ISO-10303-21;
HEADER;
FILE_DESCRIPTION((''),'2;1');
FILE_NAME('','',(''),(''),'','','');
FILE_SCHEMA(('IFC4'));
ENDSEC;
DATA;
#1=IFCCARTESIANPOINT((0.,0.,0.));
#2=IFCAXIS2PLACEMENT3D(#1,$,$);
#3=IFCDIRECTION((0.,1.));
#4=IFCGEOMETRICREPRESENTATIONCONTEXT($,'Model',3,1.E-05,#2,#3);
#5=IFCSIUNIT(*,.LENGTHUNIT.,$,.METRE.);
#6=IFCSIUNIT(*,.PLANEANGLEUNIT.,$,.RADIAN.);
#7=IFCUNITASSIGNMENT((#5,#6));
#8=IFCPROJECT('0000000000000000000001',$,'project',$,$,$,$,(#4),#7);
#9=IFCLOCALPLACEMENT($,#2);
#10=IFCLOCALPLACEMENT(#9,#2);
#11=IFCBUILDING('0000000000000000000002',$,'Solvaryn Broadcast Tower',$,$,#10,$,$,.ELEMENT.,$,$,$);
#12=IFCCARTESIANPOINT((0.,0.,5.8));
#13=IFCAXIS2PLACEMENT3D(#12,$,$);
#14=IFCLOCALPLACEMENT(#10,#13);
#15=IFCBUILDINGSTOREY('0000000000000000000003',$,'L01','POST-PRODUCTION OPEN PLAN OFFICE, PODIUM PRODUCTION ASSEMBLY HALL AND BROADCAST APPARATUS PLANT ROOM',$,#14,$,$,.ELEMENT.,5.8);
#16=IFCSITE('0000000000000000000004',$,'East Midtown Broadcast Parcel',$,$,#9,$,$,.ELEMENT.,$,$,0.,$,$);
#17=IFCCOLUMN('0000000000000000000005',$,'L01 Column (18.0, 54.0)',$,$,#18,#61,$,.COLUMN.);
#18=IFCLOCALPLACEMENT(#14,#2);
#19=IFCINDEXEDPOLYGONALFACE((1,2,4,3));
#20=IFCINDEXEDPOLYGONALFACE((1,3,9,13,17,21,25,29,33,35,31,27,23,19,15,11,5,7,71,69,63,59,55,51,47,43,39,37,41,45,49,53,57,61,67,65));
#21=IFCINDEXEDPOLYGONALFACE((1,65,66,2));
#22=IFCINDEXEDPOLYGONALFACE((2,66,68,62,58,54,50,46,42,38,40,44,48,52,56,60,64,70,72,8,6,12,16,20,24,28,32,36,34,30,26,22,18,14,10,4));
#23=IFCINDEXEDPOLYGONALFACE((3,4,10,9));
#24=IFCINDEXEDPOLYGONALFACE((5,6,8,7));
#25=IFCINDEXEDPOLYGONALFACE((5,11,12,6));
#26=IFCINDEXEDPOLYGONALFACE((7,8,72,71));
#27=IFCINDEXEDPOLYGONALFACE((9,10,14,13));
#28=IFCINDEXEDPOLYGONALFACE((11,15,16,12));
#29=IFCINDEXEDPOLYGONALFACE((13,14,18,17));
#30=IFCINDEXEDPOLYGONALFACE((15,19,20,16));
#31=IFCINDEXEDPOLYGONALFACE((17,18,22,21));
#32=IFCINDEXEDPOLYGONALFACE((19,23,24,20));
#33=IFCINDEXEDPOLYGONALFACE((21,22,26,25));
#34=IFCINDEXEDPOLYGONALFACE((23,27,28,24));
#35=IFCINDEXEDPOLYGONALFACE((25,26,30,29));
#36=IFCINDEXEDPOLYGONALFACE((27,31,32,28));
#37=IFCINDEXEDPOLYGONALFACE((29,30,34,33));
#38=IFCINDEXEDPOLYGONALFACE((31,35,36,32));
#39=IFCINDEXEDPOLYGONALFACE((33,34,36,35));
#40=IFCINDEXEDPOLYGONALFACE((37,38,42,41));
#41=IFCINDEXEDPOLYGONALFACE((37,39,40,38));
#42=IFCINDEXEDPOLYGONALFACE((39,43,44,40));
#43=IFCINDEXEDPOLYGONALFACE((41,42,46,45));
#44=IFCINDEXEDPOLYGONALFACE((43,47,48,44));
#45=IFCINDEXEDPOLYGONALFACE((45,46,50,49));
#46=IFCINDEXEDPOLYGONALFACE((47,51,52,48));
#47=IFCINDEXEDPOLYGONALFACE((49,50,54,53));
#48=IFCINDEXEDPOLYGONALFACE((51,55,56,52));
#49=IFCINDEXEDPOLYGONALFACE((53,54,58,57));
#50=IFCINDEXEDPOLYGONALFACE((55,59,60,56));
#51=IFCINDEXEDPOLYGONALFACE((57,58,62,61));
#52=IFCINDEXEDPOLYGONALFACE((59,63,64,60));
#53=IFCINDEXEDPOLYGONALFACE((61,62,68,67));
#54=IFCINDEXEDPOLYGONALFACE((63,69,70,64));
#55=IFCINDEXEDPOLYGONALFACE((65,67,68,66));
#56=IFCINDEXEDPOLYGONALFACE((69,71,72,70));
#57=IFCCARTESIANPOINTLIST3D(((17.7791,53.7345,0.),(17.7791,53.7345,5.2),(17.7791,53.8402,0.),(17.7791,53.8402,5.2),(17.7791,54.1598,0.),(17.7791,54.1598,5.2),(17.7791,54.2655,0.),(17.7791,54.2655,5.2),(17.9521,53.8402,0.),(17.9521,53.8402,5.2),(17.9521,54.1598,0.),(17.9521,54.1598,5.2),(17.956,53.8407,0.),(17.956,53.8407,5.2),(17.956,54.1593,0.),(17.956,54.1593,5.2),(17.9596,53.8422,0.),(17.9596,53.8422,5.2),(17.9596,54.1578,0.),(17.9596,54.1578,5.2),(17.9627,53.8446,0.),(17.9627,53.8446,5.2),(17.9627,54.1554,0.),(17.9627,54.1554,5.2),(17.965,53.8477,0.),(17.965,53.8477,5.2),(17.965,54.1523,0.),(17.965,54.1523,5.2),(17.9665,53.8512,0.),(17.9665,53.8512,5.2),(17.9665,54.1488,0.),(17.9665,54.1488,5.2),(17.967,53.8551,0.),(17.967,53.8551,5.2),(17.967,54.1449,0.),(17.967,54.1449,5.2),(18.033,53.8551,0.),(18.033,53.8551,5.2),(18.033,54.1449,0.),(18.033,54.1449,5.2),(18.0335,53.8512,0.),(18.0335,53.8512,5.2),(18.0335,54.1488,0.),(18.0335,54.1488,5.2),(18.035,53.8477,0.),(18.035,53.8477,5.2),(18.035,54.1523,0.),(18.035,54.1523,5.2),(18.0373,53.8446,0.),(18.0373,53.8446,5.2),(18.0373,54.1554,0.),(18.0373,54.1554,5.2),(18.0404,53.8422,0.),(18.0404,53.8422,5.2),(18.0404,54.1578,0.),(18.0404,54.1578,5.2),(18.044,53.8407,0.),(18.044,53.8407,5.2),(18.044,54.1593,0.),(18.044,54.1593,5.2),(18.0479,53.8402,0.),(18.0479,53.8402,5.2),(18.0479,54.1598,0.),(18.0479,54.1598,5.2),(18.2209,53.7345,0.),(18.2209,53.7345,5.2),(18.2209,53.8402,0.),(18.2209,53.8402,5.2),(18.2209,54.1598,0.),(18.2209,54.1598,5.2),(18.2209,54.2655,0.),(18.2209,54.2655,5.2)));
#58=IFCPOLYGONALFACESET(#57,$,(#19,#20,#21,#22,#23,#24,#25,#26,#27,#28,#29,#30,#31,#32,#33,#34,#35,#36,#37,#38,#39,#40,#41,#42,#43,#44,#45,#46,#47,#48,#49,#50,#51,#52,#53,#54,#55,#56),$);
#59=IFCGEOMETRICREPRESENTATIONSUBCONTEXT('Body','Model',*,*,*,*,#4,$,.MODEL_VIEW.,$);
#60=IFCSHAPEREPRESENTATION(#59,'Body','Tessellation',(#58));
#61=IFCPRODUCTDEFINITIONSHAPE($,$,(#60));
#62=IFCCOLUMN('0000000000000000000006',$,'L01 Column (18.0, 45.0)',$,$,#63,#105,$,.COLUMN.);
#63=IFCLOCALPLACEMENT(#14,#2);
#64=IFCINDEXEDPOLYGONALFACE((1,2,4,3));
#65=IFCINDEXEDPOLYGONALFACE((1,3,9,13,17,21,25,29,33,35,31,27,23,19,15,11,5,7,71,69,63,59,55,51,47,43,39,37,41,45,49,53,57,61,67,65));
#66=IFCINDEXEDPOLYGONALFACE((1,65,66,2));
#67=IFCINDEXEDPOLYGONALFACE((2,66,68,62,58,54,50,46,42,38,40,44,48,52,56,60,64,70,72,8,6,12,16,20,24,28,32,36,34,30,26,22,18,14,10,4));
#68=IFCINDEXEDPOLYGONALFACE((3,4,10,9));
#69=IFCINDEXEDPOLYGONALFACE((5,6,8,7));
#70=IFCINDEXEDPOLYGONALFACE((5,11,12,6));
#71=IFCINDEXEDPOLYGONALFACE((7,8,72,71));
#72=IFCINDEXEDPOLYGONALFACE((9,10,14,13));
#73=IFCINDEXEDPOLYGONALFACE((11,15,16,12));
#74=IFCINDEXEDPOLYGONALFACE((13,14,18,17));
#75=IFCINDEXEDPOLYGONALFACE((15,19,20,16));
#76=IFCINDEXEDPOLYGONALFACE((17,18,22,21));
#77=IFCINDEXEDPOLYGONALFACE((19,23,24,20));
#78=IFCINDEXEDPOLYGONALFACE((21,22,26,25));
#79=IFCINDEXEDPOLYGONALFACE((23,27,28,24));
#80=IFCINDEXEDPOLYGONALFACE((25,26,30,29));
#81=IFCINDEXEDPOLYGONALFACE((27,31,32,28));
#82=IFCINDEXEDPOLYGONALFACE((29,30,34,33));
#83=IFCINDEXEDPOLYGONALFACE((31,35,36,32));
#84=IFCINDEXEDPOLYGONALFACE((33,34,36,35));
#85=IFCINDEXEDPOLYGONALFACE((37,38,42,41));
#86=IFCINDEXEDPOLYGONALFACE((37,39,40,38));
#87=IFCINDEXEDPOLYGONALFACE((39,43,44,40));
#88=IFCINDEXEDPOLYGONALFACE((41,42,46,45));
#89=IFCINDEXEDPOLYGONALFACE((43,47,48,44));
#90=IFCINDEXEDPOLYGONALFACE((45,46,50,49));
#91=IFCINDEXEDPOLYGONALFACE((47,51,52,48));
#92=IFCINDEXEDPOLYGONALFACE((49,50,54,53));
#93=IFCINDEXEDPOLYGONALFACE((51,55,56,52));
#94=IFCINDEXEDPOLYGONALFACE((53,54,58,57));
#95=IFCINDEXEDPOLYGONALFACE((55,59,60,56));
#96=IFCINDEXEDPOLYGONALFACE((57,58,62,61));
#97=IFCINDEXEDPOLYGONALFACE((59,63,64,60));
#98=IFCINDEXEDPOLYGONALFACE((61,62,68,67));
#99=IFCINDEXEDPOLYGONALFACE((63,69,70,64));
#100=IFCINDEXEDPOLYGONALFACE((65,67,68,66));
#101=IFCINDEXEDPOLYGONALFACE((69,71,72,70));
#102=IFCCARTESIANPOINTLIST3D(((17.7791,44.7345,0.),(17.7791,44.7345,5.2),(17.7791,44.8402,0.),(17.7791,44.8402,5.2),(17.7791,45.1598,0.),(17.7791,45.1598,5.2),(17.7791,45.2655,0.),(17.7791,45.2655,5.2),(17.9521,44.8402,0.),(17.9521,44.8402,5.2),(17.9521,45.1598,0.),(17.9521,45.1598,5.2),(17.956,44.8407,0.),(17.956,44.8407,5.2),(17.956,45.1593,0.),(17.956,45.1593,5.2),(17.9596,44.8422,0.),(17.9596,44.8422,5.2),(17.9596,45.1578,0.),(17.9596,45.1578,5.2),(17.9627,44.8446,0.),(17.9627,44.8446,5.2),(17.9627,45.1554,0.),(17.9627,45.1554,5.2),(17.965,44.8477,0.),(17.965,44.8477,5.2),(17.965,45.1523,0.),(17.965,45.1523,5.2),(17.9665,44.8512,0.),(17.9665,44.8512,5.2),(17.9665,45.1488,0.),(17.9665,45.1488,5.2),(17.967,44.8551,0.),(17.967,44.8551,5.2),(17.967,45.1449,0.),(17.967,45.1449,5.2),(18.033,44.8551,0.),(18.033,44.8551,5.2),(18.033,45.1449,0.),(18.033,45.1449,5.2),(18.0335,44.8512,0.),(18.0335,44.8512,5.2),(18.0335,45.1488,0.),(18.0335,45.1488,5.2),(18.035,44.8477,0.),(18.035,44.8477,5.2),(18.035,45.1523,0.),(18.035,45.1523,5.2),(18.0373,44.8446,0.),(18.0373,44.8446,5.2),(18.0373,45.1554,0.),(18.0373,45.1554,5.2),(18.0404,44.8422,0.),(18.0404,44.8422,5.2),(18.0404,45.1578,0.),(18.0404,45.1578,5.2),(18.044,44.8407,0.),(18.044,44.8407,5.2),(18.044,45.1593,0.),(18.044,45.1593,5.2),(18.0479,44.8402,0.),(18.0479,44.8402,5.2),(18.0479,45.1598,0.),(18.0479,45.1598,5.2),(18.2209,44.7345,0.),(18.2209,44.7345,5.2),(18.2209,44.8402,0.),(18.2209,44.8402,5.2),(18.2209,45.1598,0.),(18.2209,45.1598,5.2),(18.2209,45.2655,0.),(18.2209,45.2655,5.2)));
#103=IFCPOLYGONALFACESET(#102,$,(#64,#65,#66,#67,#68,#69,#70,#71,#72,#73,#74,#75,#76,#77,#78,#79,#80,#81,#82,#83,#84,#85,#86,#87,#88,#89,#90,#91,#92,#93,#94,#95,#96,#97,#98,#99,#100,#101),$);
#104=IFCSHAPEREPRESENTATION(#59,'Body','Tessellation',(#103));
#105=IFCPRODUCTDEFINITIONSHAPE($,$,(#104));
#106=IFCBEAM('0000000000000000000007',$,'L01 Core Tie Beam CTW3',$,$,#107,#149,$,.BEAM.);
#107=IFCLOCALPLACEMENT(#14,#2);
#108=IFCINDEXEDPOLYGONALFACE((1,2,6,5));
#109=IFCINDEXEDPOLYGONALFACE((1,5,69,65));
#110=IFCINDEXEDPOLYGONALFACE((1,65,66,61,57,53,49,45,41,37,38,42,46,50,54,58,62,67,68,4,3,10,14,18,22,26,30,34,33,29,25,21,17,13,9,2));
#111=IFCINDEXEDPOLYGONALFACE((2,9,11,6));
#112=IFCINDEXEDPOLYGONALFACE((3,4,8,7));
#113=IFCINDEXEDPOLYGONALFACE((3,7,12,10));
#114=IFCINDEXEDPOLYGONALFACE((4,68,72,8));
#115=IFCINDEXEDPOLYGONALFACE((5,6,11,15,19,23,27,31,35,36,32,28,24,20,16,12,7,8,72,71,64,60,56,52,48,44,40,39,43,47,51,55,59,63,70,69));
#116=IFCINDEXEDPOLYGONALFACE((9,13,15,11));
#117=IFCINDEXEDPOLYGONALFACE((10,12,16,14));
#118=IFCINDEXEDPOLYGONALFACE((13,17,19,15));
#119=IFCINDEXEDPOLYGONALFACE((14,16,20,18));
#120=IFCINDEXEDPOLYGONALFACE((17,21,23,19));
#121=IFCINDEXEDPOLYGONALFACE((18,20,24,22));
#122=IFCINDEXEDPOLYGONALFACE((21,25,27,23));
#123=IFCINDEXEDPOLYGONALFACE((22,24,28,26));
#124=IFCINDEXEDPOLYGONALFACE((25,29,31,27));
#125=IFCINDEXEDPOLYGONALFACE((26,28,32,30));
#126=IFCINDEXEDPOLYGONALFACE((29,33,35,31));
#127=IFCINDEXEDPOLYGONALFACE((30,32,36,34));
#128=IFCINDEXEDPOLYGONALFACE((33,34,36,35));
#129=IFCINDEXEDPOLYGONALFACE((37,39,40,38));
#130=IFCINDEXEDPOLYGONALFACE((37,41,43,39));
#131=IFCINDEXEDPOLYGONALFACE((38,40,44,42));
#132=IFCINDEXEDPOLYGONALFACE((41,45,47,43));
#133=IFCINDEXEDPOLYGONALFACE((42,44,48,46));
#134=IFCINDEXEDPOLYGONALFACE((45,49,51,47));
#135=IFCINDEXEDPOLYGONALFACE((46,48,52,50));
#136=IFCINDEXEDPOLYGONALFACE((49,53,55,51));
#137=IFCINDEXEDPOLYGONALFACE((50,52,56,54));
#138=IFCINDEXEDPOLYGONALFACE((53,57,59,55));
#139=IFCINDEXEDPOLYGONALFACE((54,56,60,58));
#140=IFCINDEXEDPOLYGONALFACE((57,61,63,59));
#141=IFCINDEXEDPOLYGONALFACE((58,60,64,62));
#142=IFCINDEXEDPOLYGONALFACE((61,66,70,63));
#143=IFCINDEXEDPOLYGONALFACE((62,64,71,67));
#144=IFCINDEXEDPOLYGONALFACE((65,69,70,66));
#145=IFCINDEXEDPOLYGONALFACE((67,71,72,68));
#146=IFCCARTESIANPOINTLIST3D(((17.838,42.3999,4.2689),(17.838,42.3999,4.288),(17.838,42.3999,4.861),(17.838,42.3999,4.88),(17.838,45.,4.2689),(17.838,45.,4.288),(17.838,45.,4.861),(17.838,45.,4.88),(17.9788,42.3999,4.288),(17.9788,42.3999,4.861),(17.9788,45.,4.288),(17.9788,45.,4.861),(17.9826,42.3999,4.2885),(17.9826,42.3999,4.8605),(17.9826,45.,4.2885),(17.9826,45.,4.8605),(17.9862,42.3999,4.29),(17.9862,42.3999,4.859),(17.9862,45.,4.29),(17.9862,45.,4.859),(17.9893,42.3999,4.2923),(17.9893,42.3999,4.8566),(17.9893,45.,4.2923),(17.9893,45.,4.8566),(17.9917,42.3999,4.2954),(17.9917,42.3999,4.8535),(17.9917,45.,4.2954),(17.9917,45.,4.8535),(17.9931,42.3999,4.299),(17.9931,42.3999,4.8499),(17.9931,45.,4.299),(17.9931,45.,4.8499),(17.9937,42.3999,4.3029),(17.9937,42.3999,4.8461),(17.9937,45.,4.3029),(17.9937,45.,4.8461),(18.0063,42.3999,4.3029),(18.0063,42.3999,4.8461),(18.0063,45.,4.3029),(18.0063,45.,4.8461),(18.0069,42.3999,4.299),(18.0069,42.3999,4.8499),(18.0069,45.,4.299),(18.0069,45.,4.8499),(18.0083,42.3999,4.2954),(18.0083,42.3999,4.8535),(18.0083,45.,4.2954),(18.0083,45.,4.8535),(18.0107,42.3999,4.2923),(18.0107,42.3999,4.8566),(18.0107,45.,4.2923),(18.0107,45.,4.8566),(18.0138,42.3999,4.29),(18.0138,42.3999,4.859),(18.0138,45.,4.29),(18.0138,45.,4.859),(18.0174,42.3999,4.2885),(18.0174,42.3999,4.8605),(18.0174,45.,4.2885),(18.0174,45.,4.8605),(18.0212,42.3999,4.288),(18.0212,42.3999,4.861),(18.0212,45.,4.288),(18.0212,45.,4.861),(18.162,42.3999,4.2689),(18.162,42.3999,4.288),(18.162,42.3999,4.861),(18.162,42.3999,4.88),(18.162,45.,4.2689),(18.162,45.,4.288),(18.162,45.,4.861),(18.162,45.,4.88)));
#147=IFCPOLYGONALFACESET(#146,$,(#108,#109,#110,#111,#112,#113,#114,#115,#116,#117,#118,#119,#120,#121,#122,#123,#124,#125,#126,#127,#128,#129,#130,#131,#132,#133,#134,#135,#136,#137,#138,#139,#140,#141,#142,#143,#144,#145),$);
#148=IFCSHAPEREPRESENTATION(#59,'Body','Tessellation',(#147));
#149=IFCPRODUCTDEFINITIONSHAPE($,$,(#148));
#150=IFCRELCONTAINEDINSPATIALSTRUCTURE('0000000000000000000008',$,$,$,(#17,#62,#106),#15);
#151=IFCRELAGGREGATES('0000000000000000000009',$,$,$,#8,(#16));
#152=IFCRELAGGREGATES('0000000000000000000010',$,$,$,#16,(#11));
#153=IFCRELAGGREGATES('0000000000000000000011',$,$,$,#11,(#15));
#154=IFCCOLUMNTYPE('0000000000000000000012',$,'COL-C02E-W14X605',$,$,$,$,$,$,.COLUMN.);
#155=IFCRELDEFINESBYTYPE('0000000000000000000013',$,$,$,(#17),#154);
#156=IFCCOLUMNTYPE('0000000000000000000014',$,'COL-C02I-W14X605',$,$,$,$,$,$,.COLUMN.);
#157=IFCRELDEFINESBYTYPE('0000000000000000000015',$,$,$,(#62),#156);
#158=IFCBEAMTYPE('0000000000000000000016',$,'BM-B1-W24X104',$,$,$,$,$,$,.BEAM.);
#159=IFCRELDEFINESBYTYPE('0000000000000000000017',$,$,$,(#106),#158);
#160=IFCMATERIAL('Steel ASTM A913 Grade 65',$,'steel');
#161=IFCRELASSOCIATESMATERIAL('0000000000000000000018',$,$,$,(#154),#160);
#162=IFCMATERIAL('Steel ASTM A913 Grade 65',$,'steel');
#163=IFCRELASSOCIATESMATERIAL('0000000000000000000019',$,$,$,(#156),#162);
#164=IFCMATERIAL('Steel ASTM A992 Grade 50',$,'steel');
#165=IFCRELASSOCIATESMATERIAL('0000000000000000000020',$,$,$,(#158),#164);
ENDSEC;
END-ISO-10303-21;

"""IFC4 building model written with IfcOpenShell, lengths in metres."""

from ifc_helpers import new_model, si_unit, direction, frame, origin, origin_2d, place, context, subcontext, project, spatial, i_section, extrude, material, material_profile, profile_set, type_object, element, save


model = new_model("IFC4")

# Units and contexts
model_context = context("Model", 3, precision=1e-05, world=origin(), true_north=direction((0.0, 1.0)))
body_context = subcontext(model_context, "Body", "Model", "MODEL_VIEW")
ifc_project = project(units=[si_unit("LENGTHUNIT", "METRE"), si_unit("PLANEANGLEUNIT", "RADIAN")], contexts=[model_context])

# Site, building, storey
site_placement = place(None, origin())
site = spatial("IfcSite", under=ifc_project, at=site_placement, Name="East Midtown Broadcast Parcel", CompositionType="ELEMENT", RefElevation=0.0)
building_placement = place(site_placement, origin())
building = spatial("IfcBuilding", under=site, at=building_placement, Name="Solvaryn Broadcast Tower", CompositionType="ELEMENT")
storey_placement = place(building_placement, frame((0.0, 0.0, 5.8)))
storey = spatial("IfcBuildingStorey", under=building, at=storey_placement, Name="L01", Description="POST-PRODUCTION OPEN PLAN OFFICE, PODIUM PRODUCTION ASSEMBLY HALL AND BROADCAST APPARATUS PLANT ROOM", CompositionType="ELEMENT", Elevation=5.8)

# Columns
ifc_material_1 = material(Name="Steel ASTM A913 Grade 65", Category="steel")
ifc_material_profile_1 = material_profile(ifc_material_1, i_section(OverallWidth=0.4419, OverallDepth=0.531, WebThickness=0.0659, FlangeThickness=0.1057, FilletRadius=0.0149, at=origin_2d()))
ifc_profile_set_1 = profile_set([ifc_material_profile_1], Name="Steel ASTM A913 Grade 65")
column_type_1 = type_object("IfcColumnType", Name="COL-C02E-W14X605", PredefinedType="COLUMN", material=ifc_profile_set_1)
column_1_placement = place(storey_placement, frame((18.0, 54.0, 0.0), z_axis=(0.0, 0.0, 1.0), x_axis=(1.0, 0.0, 0.0)))
element("IfcColumn", 1, at=column_1_placement, inside=storey, type_object=column_type_1, Name="L01 Column (18.0, 54.0)", PredefinedType="COLUMN", context=body_context, shape_type="SweptSolid", body=[
    extrude(i_section(OverallWidth=0.4419, OverallDepth=0.531, WebThickness=0.0659, FlangeThickness=0.1057, FilletRadius=0.0149, at=origin_2d()), origin(), (0.0, 0.0, 1.0), 5.2),
])
ifc_material_2 = material(Name="Steel ASTM A913 Grade 65", Category="steel")
ifc_material_profile_2 = material_profile(ifc_material_2, i_section(OverallWidth=0.4419, OverallDepth=0.531, WebThickness=0.0659, FlangeThickness=0.1057, FilletRadius=0.0149, at=origin_2d()))
ifc_profile_set_2 = profile_set([ifc_material_profile_2], Name="Steel ASTM A913 Grade 65")
column_type_2 = type_object("IfcColumnType", Name="COL-C02I-W14X605", PredefinedType="COLUMN", material=ifc_profile_set_2)
column_2_placement = place(storey_placement, frame((18.0, 45.0, 0.0), z_axis=(0.0, 0.0, 1.0), x_axis=(1.0, 0.0, 0.0)))
element("IfcColumn", 2, at=column_2_placement, inside=storey, type_object=column_type_2, Name="L01 Column (18.0, 45.0)", PredefinedType="COLUMN", context=body_context, shape_type="SweptSolid", body=[
    extrude(i_section(OverallWidth=0.4419, OverallDepth=0.531, WebThickness=0.0659, FlangeThickness=0.1057, FilletRadius=0.0149, at=origin_2d()), origin(), (0.0, 0.0, 1.0), 5.2),
])

# Beam
ifc_material_3 = material(Name="Steel ASTM A992 Grade 50", Category="steel")
ifc_material_profile_3 = material_profile(ifc_material_3, i_section(OverallWidth=0.324, OverallDepth=0.6111, WebThickness=0.0127, FlangeThickness=0.019, FilletRadius=0.0149, at=origin_2d()))
ifc_profile_set_3 = profile_set([ifc_material_profile_3], Name="Steel ASTM A992 Grade 50")
beam_type_1 = type_object("IfcBeamType", Name="BM-B1-W24X104", PredefinedType="BEAM", material=ifc_profile_set_3)
beam_1_placement = place(storey_placement, frame((18.0, 42.3999, 4.5745), z_axis=(0.0, 1.0, 0.0), x_axis=(-1.0, 0.0, 0.0)))
element("IfcBeam", 3, at=beam_1_placement, inside=storey, type_object=beam_type_1, Name="L01 Core Tie Beam CTW3", PredefinedType="BEAM", context=body_context, shape_type="SweptSolid", body=[
    extrude(i_section(OverallWidth=0.324, OverallDepth=0.6111, WebThickness=0.0127, FlangeThickness=0.019, FilletRadius=0.0149, at=origin_2d()), origin(), (0.0, 0.0, 1.0), 2.6001),
])

save(model, "model.ifc")
